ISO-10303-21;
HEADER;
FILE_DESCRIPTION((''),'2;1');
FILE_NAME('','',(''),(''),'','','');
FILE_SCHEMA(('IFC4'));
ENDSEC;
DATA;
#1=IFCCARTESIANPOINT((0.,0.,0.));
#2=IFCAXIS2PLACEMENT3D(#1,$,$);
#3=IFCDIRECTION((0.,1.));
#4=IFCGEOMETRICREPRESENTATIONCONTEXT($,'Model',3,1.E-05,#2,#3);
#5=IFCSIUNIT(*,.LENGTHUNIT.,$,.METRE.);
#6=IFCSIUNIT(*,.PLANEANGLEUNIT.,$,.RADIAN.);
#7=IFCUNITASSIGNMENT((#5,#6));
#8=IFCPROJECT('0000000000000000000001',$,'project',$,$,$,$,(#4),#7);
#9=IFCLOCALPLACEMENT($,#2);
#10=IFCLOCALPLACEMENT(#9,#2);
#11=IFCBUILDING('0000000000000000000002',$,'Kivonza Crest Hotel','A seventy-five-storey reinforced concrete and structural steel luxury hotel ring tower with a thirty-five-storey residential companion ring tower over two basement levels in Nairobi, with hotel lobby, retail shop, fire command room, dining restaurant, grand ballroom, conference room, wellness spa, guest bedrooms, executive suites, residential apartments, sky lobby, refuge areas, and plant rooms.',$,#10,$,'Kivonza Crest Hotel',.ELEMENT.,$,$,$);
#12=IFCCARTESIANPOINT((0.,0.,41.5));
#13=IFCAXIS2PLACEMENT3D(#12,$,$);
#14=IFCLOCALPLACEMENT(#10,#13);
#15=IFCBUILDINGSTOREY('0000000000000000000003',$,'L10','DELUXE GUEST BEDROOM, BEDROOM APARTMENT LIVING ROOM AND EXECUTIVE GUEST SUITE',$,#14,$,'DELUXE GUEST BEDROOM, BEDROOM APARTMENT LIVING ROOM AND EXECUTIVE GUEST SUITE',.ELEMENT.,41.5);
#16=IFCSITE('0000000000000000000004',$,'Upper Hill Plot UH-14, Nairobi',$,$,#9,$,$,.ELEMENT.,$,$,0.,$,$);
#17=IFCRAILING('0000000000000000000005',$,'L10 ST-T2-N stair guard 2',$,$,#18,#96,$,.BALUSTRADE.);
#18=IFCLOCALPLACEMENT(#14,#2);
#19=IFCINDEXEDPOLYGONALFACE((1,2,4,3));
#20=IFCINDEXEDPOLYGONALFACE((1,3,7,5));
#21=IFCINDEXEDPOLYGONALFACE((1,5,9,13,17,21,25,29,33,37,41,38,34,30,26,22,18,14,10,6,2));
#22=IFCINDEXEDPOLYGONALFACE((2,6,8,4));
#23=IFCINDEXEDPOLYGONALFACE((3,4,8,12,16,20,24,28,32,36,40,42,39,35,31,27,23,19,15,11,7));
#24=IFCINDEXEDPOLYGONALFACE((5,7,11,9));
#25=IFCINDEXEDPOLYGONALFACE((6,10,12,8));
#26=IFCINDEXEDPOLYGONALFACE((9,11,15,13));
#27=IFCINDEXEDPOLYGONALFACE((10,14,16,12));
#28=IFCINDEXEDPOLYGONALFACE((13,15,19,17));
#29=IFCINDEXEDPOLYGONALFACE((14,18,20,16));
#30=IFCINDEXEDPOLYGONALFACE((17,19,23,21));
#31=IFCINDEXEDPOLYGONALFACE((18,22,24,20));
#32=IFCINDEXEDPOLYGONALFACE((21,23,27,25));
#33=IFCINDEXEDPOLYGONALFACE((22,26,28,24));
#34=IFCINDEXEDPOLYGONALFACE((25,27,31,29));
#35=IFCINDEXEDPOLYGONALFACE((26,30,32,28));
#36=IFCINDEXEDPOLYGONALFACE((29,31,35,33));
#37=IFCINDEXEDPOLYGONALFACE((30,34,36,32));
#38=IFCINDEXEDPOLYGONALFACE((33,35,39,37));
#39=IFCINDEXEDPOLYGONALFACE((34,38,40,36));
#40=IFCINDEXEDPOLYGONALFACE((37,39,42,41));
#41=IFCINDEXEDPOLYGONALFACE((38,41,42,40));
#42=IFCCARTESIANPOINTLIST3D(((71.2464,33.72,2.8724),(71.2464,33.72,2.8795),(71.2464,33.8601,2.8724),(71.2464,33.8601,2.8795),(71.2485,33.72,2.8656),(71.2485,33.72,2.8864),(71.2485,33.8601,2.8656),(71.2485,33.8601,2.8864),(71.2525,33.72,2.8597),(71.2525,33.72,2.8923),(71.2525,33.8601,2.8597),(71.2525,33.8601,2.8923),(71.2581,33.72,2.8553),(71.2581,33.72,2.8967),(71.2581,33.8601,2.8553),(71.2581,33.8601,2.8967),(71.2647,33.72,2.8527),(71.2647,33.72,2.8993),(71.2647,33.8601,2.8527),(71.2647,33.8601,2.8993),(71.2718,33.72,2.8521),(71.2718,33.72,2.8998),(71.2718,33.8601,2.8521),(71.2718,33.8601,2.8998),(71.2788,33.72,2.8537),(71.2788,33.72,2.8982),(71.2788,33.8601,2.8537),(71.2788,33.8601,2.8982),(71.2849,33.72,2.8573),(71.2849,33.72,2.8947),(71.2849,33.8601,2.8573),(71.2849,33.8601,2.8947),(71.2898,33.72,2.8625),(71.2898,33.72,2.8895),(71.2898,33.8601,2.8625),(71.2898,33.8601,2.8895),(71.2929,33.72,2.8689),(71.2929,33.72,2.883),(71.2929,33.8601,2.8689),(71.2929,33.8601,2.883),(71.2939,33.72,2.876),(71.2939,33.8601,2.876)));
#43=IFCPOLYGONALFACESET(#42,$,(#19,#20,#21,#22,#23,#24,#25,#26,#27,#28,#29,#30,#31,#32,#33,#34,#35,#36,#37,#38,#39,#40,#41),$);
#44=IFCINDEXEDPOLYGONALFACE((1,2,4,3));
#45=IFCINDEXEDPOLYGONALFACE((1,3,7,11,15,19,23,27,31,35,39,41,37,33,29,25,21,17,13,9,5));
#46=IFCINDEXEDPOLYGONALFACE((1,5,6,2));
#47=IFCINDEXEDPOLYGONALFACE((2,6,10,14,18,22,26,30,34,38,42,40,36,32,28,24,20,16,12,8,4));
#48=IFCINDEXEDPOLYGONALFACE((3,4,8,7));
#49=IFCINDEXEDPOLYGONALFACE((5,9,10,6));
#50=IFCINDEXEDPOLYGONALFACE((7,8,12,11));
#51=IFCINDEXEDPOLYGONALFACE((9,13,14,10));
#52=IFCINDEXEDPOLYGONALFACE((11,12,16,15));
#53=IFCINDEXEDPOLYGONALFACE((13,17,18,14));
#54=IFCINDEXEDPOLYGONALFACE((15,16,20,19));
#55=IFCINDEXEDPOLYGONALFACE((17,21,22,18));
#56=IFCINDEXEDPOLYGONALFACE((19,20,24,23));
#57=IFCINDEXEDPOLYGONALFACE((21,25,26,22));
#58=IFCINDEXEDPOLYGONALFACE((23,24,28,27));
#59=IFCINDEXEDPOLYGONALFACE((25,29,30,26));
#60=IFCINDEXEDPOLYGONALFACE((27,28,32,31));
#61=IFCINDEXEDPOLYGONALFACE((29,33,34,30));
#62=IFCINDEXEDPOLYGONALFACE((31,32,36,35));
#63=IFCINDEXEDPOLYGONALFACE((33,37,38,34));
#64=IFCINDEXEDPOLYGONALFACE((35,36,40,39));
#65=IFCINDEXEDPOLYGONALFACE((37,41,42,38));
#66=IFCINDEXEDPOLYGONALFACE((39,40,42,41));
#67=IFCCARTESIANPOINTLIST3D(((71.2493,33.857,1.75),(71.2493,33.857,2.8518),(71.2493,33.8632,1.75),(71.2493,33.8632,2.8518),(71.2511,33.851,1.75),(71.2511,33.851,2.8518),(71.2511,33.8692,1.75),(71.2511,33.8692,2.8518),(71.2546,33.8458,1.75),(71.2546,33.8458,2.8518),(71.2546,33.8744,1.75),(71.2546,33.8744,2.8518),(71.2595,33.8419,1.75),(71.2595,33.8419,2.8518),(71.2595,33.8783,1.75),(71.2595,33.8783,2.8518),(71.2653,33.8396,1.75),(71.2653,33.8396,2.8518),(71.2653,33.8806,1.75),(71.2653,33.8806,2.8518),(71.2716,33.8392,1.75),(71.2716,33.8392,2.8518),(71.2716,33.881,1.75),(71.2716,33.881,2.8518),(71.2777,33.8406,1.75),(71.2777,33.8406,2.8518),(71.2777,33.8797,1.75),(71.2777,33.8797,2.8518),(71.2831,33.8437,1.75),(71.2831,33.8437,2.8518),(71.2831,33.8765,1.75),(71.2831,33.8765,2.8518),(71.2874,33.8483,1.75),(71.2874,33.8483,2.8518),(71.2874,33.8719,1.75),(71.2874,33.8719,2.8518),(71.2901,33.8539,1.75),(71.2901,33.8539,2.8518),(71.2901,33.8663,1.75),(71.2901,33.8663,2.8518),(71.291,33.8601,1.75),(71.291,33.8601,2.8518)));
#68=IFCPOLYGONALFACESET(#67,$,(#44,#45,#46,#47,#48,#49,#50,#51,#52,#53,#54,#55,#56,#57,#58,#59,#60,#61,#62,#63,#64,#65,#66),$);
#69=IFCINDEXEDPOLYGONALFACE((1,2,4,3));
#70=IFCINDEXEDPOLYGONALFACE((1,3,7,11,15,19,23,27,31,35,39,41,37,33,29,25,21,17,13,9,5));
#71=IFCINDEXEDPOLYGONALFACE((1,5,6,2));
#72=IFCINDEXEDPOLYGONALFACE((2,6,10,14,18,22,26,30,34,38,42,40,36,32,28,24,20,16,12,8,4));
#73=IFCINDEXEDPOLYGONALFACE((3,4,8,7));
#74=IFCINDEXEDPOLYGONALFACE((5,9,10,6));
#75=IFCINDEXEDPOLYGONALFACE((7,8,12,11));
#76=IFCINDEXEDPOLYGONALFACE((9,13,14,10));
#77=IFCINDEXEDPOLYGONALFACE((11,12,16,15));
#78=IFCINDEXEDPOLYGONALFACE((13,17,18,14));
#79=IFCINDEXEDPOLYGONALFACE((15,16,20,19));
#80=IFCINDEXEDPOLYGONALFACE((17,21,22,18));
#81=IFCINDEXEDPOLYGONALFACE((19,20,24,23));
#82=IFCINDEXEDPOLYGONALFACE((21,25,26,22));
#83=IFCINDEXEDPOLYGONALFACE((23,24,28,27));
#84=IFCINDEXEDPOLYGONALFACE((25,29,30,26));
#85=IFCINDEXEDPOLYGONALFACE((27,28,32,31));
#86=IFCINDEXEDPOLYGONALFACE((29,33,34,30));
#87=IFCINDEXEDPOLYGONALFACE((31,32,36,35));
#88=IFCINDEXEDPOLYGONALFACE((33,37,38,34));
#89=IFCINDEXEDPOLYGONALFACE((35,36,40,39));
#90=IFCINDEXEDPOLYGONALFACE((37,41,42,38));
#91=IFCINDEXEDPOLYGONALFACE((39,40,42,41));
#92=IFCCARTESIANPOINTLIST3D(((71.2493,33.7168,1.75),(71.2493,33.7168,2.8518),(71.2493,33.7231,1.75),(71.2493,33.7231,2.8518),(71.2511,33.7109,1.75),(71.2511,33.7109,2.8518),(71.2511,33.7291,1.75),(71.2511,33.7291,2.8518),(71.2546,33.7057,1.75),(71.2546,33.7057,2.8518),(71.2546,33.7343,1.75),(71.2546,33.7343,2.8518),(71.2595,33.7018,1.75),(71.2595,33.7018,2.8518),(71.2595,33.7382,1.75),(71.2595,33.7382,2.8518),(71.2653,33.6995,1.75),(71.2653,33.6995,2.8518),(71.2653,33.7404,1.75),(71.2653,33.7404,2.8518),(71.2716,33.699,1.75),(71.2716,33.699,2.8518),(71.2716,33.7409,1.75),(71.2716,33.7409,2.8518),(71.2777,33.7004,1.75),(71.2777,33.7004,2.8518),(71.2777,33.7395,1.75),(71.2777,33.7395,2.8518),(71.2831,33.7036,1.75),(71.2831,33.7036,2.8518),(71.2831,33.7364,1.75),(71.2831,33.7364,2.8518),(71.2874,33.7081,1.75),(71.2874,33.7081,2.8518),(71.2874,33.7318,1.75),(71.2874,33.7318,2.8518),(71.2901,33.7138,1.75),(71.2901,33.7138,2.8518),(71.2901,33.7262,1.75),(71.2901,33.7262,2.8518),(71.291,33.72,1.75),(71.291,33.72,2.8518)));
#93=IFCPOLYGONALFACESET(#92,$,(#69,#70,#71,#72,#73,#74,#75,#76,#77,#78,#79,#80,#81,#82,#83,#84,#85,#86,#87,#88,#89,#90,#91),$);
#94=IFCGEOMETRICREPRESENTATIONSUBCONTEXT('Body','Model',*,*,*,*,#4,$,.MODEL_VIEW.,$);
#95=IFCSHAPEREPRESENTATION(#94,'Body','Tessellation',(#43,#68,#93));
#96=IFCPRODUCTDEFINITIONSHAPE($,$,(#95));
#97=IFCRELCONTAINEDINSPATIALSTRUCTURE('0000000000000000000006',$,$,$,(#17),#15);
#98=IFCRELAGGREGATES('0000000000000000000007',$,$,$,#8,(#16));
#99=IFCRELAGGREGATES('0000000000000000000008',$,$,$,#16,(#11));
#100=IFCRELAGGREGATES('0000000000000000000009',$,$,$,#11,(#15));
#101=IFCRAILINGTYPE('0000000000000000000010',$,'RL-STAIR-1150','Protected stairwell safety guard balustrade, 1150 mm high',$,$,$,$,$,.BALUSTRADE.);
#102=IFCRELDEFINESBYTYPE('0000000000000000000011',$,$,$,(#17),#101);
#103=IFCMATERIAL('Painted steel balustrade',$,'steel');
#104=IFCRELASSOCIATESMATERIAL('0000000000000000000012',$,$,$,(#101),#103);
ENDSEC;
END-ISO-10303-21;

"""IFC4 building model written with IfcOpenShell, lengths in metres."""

from ifc_helpers import new_model, si_unit, direction, frame, origin, origin_2d, place, context, subcontext, project, spatial, circle, extrude, material, type_object, element, save


model = new_model("IFC4")

# Units and contexts
model_context = context("Model", 3, precision=1e-05, world=origin(), true_north=direction((0.0, 1.0)))
body_context = subcontext(model_context, "Body", "Model", "MODEL_VIEW")
ifc_project = project(units=[si_unit("LENGTHUNIT", "METRE"), si_unit("PLANEANGLEUNIT", "RADIAN")], contexts=[model_context])

# Site, building, storey
site_placement = place(None, origin())
site = spatial("IfcSite", under=ifc_project, at=site_placement, Name="Upper Hill Plot UH-14, Nairobi", CompositionType="ELEMENT", RefElevation=0.0)
building_placement = place(site_placement, origin())
building = spatial("IfcBuilding", under=site, at=building_placement, Name="Kivonza Crest Hotel", Description="A seventy-five-storey reinforced concrete and structural steel luxury hotel ring tower with a thirty-five-storey residential companion ring tower over two basement levels in Nairobi, with hotel lobby, retail shop, fire command room, dining restaurant, grand ballroom, conference room, wellness spa, guest bedrooms, executive suites, residential apartments, sky lobby, refuge areas, and plant rooms.", LongName="Kivonza Crest Hotel", CompositionType="ELEMENT")
storey_placement = place(building_placement, frame((0.0, 0.0, 41.5)))
storey = spatial("IfcBuildingStorey", under=building, at=storey_placement, Name="L10", Description="DELUXE GUEST BEDROOM, BEDROOM APARTMENT LIVING ROOM AND EXECUTIVE GUEST SUITE", LongName="DELUXE GUEST BEDROOM, BEDROOM APARTMENT LIVING ROOM AND EXECUTIVE GUEST SUITE", CompositionType="ELEMENT", Elevation=41.5)

# Railing
ifc_material_1 = material(Name="Painted steel balustrade", Category="steel")
railing_type_1 = type_object("IfcRailingType", Name="RL-STAIR-1150", Description="Protected stairwell safety guard balustrade, 1150 mm high", PredefinedType="BALUSTRADE", material=ifc_material_1)
railing_1_placement = place(storey_placement, frame((71.27, 33.8601, 1.75)))
element("IfcRailing", 1, at=railing_1_placement, inside=storey, type_object=railing_type_1, Name="L10 ST-T2-N stair guard 2", PredefinedType="BALUSTRADE", context=body_context, shape_type="SweptSolid", body=[
    extrude(circle(Radius=0.0239, at=origin_2d()), frame((0.0, 0.0, 1.126), z_axis=(0.0, -1.0, 0.0), x_axis=(1.0, 0.0, 0.0)), (0.0, 0.0, 1.0), 0.1401),
    extrude(circle(Radius=0.021, at=origin_2d()), origin(), (0.0, 0.0, 1.0), 1.1018),
    extrude(circle(Radius=0.021, at=origin_2d()), frame((0.0, -0.1401, 0.0)), (0.0, 0.0, 1.0), 1.1018),
])

save(model, "model.ifc")
